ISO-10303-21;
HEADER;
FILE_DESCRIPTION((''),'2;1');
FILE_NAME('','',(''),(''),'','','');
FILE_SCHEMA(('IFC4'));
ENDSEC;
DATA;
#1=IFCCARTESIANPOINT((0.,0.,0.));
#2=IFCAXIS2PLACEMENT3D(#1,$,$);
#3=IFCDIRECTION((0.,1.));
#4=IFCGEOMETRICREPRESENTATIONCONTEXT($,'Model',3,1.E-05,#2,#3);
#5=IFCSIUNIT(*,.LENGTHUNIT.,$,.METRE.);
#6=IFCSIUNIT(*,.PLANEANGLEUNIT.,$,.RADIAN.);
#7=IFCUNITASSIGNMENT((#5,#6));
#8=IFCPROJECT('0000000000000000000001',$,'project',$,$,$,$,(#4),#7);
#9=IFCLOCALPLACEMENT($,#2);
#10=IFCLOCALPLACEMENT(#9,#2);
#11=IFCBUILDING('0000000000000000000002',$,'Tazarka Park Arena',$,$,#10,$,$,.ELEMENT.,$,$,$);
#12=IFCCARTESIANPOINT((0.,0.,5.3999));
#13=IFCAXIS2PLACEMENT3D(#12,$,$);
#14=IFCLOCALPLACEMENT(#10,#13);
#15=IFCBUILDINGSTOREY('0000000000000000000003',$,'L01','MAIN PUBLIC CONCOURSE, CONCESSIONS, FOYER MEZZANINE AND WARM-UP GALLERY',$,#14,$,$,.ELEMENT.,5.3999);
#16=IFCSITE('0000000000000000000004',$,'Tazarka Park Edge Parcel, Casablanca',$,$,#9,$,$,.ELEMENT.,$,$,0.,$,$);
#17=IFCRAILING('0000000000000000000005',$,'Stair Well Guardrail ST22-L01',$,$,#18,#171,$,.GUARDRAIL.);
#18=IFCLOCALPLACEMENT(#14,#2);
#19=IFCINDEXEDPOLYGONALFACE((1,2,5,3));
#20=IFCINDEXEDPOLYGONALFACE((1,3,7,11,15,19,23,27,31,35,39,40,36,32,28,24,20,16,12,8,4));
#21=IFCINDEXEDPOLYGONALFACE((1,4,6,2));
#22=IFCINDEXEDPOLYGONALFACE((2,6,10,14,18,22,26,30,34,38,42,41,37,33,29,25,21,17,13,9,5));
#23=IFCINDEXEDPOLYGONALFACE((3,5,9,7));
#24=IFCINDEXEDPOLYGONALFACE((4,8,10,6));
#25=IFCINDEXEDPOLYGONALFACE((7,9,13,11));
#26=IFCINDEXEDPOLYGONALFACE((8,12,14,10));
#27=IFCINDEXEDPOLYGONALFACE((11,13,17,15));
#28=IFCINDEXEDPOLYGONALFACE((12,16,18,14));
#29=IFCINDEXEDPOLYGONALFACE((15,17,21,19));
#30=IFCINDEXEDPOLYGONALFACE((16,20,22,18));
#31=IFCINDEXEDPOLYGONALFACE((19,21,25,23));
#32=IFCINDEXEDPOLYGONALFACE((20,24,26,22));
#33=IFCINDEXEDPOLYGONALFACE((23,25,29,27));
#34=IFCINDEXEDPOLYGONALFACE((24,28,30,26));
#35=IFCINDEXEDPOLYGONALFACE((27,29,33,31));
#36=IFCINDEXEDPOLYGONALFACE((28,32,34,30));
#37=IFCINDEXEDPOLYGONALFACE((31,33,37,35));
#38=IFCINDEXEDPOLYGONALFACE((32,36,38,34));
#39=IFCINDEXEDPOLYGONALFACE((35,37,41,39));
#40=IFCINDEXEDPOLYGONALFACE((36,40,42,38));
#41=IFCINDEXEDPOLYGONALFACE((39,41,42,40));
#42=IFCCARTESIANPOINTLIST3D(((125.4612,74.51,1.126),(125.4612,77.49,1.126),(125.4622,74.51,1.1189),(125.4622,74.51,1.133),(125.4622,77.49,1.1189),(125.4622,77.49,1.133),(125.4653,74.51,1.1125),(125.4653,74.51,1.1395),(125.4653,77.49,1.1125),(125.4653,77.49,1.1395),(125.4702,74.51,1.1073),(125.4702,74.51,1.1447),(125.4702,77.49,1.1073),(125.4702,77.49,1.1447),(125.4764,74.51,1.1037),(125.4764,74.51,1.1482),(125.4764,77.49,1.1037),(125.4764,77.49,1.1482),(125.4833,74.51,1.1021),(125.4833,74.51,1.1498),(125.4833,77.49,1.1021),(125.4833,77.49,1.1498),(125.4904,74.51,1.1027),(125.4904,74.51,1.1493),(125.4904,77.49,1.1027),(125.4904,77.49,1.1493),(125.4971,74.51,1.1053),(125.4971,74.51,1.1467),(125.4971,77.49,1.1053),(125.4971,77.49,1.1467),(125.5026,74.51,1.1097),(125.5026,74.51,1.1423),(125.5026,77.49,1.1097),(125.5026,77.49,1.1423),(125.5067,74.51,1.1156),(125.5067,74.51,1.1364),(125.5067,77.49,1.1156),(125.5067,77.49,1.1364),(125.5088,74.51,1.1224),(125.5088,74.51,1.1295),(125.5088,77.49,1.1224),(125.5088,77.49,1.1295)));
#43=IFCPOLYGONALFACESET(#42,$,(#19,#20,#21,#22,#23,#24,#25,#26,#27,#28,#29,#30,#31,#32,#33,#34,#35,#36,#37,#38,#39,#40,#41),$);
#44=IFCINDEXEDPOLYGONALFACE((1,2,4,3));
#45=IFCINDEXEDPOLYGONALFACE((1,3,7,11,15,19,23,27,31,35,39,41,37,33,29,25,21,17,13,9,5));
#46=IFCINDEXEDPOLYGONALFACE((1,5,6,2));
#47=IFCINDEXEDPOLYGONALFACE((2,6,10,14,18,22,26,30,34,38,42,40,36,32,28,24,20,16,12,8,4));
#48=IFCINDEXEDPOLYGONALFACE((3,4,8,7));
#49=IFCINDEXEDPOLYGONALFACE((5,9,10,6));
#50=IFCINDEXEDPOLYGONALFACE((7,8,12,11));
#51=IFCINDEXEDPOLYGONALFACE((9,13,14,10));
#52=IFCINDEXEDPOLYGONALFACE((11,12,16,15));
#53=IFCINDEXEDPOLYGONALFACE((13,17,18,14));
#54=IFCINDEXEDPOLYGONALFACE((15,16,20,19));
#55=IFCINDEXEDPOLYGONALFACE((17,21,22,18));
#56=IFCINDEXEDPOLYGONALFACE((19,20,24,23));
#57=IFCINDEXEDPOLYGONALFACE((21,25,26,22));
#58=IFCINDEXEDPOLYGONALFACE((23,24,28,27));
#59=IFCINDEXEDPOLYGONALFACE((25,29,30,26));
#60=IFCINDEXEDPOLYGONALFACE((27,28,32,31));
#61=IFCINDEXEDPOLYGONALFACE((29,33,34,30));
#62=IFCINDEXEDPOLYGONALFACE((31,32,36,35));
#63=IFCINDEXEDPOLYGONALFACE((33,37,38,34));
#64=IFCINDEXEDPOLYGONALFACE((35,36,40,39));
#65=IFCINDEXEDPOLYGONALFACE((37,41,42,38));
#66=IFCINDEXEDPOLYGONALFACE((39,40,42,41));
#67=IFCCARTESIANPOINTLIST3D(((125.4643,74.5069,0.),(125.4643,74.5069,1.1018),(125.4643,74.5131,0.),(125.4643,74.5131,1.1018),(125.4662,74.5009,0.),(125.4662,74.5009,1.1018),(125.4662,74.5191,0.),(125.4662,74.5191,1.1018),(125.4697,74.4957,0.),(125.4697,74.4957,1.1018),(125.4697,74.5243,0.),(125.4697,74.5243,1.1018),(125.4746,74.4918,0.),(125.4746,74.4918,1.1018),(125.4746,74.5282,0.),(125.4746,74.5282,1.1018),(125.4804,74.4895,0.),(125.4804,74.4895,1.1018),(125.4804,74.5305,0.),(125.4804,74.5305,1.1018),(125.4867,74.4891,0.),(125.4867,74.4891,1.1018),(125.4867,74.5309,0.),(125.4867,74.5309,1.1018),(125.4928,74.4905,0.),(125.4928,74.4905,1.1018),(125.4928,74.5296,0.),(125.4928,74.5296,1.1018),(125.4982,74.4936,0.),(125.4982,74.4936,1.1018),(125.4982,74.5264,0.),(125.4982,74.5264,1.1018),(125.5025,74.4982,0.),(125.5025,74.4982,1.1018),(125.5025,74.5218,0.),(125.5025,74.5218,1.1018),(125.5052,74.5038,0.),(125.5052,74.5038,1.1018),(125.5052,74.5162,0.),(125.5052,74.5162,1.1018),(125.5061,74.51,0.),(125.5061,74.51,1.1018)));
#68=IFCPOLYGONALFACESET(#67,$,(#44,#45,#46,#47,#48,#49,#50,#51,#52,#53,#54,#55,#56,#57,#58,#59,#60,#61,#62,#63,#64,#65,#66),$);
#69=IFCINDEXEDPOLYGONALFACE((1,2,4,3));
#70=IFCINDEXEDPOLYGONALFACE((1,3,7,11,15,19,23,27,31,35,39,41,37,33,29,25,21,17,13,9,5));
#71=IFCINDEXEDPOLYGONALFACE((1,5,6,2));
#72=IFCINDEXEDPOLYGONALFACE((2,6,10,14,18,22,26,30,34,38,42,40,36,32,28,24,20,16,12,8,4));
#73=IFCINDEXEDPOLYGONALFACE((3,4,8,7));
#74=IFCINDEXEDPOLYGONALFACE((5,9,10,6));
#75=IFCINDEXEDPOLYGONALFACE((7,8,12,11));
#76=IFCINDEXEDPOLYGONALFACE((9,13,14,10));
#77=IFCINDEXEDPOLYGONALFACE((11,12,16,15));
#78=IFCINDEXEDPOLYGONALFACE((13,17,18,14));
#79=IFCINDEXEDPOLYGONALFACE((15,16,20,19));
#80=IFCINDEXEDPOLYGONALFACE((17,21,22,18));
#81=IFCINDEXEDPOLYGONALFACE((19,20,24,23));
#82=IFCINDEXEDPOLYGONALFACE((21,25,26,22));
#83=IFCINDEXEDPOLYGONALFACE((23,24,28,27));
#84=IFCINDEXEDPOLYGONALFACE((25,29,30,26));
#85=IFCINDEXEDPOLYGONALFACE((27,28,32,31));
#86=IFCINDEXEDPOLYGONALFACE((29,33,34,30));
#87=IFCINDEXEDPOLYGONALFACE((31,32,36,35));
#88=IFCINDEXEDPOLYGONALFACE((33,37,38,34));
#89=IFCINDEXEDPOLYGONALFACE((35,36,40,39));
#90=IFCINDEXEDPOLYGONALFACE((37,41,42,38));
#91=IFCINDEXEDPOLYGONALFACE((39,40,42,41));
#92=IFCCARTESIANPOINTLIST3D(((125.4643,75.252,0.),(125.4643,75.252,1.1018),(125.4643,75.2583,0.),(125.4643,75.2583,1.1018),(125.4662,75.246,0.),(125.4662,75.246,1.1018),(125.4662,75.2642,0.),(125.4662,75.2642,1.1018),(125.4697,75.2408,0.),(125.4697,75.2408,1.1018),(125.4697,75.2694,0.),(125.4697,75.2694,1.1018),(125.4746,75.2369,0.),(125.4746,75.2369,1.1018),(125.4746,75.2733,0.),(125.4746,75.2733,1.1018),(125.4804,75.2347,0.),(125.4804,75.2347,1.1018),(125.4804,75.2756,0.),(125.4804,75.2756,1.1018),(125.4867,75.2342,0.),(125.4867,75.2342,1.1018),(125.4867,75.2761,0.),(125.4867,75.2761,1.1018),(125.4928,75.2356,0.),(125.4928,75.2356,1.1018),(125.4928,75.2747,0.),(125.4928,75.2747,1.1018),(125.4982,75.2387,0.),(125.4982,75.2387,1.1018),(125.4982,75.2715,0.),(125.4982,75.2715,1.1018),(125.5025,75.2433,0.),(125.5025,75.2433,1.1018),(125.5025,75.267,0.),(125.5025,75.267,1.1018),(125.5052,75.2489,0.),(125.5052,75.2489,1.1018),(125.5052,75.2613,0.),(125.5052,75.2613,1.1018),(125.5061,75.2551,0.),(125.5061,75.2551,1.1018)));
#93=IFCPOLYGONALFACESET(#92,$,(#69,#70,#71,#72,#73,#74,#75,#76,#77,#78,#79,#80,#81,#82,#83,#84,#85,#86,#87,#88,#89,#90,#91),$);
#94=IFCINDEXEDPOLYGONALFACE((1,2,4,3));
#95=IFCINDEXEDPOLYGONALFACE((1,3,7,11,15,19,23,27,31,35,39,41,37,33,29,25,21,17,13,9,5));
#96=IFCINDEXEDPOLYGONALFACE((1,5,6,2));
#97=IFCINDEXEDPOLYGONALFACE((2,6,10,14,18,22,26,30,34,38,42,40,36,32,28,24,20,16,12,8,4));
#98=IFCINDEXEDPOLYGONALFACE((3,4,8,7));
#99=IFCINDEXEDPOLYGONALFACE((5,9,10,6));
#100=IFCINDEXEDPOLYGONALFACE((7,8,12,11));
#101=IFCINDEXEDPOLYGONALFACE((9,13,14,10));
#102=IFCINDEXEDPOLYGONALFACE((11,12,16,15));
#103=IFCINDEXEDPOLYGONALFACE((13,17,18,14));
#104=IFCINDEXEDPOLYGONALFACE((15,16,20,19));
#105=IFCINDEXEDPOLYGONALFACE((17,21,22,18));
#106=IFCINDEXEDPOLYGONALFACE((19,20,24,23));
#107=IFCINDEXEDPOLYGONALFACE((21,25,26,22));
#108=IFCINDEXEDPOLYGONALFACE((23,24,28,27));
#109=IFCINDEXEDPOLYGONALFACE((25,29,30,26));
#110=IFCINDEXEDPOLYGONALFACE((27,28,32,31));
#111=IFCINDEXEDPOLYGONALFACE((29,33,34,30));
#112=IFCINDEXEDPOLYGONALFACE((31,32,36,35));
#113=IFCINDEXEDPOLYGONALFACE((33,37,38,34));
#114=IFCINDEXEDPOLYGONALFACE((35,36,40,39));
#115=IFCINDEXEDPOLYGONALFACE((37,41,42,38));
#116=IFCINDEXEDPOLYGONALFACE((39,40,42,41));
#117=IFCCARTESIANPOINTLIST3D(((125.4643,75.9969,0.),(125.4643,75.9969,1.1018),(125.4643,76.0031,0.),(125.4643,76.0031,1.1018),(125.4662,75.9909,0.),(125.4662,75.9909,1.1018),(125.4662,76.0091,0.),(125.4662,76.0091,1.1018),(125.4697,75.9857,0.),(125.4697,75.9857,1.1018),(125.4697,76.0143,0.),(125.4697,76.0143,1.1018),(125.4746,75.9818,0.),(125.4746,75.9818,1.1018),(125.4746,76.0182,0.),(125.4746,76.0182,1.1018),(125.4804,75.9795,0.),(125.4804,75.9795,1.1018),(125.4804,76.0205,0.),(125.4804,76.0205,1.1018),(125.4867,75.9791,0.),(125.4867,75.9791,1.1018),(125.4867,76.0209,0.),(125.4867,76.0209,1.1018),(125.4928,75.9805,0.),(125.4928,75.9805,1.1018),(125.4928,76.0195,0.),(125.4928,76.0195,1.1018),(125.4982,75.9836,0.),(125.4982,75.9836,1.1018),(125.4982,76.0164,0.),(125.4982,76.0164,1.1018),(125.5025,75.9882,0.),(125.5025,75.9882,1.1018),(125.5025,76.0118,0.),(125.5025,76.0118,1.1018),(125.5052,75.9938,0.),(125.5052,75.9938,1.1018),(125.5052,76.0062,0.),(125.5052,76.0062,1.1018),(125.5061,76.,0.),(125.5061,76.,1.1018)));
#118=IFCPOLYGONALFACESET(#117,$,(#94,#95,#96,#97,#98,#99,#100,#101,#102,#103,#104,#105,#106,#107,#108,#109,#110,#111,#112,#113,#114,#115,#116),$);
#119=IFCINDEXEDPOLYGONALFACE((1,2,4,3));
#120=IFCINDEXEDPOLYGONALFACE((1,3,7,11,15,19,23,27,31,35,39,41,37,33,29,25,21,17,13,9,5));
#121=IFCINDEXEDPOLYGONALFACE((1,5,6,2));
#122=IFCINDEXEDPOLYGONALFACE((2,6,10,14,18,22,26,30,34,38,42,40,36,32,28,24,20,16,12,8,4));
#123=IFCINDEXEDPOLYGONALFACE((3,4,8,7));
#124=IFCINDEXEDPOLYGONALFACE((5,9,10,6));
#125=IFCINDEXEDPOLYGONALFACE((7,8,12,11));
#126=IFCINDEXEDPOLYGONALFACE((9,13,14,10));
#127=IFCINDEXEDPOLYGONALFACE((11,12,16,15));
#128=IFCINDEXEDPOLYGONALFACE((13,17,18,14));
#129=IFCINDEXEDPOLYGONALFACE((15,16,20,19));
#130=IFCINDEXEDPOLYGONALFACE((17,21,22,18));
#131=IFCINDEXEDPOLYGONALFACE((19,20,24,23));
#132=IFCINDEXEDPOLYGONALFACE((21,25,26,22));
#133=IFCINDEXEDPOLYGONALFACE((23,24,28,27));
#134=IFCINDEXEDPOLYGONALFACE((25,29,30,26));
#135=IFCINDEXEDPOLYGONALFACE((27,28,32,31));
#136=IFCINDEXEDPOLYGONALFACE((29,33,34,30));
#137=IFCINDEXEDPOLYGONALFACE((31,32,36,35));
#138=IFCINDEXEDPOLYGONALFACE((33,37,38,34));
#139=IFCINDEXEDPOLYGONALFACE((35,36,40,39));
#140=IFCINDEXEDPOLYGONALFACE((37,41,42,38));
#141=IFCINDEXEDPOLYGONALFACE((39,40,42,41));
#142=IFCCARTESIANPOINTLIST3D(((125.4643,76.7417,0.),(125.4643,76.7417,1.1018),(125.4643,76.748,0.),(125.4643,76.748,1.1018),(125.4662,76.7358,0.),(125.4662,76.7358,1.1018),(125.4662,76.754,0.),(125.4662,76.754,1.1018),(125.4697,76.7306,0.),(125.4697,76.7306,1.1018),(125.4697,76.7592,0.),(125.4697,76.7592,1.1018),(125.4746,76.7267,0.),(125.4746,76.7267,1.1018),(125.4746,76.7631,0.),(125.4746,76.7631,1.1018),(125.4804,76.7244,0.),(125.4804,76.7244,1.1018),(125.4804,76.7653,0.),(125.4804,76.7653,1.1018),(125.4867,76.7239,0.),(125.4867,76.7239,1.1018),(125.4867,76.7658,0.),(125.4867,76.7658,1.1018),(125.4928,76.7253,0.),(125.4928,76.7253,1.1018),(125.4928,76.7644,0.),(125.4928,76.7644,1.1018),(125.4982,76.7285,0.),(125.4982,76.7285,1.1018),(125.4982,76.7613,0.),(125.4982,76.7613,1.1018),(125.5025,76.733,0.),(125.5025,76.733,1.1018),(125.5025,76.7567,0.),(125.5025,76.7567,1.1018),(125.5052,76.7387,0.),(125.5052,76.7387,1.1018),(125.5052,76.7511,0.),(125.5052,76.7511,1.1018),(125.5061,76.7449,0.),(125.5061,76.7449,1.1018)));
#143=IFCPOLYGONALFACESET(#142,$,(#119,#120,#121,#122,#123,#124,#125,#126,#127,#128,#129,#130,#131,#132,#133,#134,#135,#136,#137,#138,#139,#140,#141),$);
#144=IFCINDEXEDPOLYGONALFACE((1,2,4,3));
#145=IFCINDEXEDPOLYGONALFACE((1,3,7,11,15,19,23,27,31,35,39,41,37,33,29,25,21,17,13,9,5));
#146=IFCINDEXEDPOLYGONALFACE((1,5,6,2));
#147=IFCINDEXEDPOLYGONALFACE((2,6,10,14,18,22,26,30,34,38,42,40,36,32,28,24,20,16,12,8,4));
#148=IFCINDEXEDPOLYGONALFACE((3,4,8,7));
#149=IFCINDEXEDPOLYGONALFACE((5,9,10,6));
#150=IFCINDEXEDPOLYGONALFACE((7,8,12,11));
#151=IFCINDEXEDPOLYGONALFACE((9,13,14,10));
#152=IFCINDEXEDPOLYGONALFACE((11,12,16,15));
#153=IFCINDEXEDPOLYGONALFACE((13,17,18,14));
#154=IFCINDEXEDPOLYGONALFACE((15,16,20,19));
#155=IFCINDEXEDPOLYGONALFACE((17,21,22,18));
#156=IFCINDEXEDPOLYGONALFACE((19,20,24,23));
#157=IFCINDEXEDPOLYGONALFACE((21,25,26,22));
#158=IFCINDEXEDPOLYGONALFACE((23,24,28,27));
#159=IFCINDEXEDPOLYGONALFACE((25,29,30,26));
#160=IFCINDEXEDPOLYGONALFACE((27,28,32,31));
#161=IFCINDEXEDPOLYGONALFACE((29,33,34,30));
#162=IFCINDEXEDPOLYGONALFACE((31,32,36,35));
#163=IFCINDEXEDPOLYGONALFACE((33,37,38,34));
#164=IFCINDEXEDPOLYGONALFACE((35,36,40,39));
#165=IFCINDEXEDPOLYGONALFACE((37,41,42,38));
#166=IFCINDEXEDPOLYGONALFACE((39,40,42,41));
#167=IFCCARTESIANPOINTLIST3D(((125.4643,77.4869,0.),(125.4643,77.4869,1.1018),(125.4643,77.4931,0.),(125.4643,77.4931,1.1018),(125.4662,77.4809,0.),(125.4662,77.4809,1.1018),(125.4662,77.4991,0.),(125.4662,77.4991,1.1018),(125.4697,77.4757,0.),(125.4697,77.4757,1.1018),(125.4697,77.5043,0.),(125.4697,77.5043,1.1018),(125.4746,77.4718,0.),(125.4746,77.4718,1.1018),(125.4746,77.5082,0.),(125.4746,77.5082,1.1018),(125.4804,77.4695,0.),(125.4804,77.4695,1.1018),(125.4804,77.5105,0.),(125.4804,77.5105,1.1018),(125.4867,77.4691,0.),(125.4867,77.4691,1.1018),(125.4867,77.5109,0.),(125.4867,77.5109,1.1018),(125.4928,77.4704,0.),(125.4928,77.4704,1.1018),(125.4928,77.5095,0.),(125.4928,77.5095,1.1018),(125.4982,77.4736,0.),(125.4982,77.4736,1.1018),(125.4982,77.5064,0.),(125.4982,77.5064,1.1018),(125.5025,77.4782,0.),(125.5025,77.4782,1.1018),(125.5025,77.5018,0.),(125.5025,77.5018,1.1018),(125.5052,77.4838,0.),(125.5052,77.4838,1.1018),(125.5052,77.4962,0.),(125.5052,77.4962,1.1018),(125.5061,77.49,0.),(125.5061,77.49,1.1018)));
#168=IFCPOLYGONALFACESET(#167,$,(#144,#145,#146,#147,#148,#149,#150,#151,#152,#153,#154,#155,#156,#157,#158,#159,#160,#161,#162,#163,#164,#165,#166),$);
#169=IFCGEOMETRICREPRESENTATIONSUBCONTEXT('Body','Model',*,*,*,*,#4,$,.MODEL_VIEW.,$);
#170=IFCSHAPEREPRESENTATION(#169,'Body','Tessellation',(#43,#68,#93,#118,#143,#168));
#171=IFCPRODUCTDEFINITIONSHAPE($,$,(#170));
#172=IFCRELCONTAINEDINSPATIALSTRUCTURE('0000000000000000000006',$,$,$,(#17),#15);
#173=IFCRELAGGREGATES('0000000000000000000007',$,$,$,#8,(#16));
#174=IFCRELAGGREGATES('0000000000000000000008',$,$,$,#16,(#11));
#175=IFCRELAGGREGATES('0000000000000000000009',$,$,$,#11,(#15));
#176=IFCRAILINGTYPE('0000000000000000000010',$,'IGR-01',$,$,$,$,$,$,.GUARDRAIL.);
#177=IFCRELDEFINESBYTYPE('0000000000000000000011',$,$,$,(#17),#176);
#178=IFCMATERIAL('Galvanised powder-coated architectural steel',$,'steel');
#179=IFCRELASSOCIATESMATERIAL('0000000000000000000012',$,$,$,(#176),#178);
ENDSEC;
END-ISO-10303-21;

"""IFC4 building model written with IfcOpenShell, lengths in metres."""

from ifc_helpers import new_model, si_unit, direction, frame, origin, origin_2d, place, context, subcontext, project, spatial, circle, extrude, material, type_object, element, save


model = new_model("IFC4")

# Units and contexts
model_context = context("Model", 3, precision=1e-05, world=origin(), true_north=direction((0.0, 1.0)))
body_context = subcontext(model_context, "Body", "Model", "MODEL_VIEW")
ifc_project = project(units=[si_unit("LENGTHUNIT", "METRE"), si_unit("PLANEANGLEUNIT", "RADIAN")], contexts=[model_context])

# Site, building, storey
site_placement = place(None, origin())
site = spatial("IfcSite", under=ifc_project, at=site_placement, Name="Tazarka Park Edge Parcel, Casablanca", CompositionType="ELEMENT", RefElevation=0.0)
building_placement = place(site_placement, origin())
building = spatial("IfcBuilding", under=site, at=building_placement, Name="Tazarka Park Arena", CompositionType="ELEMENT")
storey_placement = place(building_placement, frame((0.0, 0.0, 5.3999)))
storey = spatial("IfcBuildingStorey", under=building, at=storey_placement, Name="L01", Description="MAIN PUBLIC CONCOURSE, CONCESSIONS, FOYER MEZZANINE AND WARM-UP GALLERY", CompositionType="ELEMENT", Elevation=5.3999)

# Railing
ifc_material_1 = material(Name="Galvanised powder-coated architectural steel", Category="steel")
railing_type_1 = type_object("IfcRailingType", Name="IGR-01", PredefinedType="GUARDRAIL", material=ifc_material_1)
for number, where, name in (
    (1, (125.4851, 74.51, 0.0), "Stair Well Guardrail ST22-L01"),
):
    element("IfcRailing", number, at=place(storey_placement, frame(where)), inside=storey, type_object=railing_type_1, Name=name, PredefinedType="GUARDRAIL", context=body_context, shape_type="SweptSolid", body=[
        extrude(circle(Radius=0.0239, at=origin_2d()), frame((0.0, 0.0, 1.126), z_axis=(0.0, 1.0, 0.0), x_axis=(-1.0, 0.0, 0.0)), (0.0, 0.0, 1.0), 2.98),
        extrude(circle(Radius=0.021, at=origin_2d()), origin(), (0.0, 0.0, 1.0), 1.1018),
        extrude(circle(Radius=0.021, at=origin_2d()), frame((0.0, 0.7451, 0.0)), (0.0, 0.0, 1.0), 1.1018),
        extrude(circle(Radius=0.021, at=origin_2d()), frame((0.0, 1.49, 0.0)), (0.0, 0.0, 1.0), 1.1018),
        extrude(circle(Radius=0.021, at=origin_2d()), frame((0.0, 2.2349, 0.0)), (0.0, 0.0, 1.0), 1.1018),
        extrude(circle(Radius=0.021, at=origin_2d()), frame((0.0, 2.98, 0.0)), (0.0, 0.0, 1.0), 1.1018),
    ])

save(model, "model.ifc")
